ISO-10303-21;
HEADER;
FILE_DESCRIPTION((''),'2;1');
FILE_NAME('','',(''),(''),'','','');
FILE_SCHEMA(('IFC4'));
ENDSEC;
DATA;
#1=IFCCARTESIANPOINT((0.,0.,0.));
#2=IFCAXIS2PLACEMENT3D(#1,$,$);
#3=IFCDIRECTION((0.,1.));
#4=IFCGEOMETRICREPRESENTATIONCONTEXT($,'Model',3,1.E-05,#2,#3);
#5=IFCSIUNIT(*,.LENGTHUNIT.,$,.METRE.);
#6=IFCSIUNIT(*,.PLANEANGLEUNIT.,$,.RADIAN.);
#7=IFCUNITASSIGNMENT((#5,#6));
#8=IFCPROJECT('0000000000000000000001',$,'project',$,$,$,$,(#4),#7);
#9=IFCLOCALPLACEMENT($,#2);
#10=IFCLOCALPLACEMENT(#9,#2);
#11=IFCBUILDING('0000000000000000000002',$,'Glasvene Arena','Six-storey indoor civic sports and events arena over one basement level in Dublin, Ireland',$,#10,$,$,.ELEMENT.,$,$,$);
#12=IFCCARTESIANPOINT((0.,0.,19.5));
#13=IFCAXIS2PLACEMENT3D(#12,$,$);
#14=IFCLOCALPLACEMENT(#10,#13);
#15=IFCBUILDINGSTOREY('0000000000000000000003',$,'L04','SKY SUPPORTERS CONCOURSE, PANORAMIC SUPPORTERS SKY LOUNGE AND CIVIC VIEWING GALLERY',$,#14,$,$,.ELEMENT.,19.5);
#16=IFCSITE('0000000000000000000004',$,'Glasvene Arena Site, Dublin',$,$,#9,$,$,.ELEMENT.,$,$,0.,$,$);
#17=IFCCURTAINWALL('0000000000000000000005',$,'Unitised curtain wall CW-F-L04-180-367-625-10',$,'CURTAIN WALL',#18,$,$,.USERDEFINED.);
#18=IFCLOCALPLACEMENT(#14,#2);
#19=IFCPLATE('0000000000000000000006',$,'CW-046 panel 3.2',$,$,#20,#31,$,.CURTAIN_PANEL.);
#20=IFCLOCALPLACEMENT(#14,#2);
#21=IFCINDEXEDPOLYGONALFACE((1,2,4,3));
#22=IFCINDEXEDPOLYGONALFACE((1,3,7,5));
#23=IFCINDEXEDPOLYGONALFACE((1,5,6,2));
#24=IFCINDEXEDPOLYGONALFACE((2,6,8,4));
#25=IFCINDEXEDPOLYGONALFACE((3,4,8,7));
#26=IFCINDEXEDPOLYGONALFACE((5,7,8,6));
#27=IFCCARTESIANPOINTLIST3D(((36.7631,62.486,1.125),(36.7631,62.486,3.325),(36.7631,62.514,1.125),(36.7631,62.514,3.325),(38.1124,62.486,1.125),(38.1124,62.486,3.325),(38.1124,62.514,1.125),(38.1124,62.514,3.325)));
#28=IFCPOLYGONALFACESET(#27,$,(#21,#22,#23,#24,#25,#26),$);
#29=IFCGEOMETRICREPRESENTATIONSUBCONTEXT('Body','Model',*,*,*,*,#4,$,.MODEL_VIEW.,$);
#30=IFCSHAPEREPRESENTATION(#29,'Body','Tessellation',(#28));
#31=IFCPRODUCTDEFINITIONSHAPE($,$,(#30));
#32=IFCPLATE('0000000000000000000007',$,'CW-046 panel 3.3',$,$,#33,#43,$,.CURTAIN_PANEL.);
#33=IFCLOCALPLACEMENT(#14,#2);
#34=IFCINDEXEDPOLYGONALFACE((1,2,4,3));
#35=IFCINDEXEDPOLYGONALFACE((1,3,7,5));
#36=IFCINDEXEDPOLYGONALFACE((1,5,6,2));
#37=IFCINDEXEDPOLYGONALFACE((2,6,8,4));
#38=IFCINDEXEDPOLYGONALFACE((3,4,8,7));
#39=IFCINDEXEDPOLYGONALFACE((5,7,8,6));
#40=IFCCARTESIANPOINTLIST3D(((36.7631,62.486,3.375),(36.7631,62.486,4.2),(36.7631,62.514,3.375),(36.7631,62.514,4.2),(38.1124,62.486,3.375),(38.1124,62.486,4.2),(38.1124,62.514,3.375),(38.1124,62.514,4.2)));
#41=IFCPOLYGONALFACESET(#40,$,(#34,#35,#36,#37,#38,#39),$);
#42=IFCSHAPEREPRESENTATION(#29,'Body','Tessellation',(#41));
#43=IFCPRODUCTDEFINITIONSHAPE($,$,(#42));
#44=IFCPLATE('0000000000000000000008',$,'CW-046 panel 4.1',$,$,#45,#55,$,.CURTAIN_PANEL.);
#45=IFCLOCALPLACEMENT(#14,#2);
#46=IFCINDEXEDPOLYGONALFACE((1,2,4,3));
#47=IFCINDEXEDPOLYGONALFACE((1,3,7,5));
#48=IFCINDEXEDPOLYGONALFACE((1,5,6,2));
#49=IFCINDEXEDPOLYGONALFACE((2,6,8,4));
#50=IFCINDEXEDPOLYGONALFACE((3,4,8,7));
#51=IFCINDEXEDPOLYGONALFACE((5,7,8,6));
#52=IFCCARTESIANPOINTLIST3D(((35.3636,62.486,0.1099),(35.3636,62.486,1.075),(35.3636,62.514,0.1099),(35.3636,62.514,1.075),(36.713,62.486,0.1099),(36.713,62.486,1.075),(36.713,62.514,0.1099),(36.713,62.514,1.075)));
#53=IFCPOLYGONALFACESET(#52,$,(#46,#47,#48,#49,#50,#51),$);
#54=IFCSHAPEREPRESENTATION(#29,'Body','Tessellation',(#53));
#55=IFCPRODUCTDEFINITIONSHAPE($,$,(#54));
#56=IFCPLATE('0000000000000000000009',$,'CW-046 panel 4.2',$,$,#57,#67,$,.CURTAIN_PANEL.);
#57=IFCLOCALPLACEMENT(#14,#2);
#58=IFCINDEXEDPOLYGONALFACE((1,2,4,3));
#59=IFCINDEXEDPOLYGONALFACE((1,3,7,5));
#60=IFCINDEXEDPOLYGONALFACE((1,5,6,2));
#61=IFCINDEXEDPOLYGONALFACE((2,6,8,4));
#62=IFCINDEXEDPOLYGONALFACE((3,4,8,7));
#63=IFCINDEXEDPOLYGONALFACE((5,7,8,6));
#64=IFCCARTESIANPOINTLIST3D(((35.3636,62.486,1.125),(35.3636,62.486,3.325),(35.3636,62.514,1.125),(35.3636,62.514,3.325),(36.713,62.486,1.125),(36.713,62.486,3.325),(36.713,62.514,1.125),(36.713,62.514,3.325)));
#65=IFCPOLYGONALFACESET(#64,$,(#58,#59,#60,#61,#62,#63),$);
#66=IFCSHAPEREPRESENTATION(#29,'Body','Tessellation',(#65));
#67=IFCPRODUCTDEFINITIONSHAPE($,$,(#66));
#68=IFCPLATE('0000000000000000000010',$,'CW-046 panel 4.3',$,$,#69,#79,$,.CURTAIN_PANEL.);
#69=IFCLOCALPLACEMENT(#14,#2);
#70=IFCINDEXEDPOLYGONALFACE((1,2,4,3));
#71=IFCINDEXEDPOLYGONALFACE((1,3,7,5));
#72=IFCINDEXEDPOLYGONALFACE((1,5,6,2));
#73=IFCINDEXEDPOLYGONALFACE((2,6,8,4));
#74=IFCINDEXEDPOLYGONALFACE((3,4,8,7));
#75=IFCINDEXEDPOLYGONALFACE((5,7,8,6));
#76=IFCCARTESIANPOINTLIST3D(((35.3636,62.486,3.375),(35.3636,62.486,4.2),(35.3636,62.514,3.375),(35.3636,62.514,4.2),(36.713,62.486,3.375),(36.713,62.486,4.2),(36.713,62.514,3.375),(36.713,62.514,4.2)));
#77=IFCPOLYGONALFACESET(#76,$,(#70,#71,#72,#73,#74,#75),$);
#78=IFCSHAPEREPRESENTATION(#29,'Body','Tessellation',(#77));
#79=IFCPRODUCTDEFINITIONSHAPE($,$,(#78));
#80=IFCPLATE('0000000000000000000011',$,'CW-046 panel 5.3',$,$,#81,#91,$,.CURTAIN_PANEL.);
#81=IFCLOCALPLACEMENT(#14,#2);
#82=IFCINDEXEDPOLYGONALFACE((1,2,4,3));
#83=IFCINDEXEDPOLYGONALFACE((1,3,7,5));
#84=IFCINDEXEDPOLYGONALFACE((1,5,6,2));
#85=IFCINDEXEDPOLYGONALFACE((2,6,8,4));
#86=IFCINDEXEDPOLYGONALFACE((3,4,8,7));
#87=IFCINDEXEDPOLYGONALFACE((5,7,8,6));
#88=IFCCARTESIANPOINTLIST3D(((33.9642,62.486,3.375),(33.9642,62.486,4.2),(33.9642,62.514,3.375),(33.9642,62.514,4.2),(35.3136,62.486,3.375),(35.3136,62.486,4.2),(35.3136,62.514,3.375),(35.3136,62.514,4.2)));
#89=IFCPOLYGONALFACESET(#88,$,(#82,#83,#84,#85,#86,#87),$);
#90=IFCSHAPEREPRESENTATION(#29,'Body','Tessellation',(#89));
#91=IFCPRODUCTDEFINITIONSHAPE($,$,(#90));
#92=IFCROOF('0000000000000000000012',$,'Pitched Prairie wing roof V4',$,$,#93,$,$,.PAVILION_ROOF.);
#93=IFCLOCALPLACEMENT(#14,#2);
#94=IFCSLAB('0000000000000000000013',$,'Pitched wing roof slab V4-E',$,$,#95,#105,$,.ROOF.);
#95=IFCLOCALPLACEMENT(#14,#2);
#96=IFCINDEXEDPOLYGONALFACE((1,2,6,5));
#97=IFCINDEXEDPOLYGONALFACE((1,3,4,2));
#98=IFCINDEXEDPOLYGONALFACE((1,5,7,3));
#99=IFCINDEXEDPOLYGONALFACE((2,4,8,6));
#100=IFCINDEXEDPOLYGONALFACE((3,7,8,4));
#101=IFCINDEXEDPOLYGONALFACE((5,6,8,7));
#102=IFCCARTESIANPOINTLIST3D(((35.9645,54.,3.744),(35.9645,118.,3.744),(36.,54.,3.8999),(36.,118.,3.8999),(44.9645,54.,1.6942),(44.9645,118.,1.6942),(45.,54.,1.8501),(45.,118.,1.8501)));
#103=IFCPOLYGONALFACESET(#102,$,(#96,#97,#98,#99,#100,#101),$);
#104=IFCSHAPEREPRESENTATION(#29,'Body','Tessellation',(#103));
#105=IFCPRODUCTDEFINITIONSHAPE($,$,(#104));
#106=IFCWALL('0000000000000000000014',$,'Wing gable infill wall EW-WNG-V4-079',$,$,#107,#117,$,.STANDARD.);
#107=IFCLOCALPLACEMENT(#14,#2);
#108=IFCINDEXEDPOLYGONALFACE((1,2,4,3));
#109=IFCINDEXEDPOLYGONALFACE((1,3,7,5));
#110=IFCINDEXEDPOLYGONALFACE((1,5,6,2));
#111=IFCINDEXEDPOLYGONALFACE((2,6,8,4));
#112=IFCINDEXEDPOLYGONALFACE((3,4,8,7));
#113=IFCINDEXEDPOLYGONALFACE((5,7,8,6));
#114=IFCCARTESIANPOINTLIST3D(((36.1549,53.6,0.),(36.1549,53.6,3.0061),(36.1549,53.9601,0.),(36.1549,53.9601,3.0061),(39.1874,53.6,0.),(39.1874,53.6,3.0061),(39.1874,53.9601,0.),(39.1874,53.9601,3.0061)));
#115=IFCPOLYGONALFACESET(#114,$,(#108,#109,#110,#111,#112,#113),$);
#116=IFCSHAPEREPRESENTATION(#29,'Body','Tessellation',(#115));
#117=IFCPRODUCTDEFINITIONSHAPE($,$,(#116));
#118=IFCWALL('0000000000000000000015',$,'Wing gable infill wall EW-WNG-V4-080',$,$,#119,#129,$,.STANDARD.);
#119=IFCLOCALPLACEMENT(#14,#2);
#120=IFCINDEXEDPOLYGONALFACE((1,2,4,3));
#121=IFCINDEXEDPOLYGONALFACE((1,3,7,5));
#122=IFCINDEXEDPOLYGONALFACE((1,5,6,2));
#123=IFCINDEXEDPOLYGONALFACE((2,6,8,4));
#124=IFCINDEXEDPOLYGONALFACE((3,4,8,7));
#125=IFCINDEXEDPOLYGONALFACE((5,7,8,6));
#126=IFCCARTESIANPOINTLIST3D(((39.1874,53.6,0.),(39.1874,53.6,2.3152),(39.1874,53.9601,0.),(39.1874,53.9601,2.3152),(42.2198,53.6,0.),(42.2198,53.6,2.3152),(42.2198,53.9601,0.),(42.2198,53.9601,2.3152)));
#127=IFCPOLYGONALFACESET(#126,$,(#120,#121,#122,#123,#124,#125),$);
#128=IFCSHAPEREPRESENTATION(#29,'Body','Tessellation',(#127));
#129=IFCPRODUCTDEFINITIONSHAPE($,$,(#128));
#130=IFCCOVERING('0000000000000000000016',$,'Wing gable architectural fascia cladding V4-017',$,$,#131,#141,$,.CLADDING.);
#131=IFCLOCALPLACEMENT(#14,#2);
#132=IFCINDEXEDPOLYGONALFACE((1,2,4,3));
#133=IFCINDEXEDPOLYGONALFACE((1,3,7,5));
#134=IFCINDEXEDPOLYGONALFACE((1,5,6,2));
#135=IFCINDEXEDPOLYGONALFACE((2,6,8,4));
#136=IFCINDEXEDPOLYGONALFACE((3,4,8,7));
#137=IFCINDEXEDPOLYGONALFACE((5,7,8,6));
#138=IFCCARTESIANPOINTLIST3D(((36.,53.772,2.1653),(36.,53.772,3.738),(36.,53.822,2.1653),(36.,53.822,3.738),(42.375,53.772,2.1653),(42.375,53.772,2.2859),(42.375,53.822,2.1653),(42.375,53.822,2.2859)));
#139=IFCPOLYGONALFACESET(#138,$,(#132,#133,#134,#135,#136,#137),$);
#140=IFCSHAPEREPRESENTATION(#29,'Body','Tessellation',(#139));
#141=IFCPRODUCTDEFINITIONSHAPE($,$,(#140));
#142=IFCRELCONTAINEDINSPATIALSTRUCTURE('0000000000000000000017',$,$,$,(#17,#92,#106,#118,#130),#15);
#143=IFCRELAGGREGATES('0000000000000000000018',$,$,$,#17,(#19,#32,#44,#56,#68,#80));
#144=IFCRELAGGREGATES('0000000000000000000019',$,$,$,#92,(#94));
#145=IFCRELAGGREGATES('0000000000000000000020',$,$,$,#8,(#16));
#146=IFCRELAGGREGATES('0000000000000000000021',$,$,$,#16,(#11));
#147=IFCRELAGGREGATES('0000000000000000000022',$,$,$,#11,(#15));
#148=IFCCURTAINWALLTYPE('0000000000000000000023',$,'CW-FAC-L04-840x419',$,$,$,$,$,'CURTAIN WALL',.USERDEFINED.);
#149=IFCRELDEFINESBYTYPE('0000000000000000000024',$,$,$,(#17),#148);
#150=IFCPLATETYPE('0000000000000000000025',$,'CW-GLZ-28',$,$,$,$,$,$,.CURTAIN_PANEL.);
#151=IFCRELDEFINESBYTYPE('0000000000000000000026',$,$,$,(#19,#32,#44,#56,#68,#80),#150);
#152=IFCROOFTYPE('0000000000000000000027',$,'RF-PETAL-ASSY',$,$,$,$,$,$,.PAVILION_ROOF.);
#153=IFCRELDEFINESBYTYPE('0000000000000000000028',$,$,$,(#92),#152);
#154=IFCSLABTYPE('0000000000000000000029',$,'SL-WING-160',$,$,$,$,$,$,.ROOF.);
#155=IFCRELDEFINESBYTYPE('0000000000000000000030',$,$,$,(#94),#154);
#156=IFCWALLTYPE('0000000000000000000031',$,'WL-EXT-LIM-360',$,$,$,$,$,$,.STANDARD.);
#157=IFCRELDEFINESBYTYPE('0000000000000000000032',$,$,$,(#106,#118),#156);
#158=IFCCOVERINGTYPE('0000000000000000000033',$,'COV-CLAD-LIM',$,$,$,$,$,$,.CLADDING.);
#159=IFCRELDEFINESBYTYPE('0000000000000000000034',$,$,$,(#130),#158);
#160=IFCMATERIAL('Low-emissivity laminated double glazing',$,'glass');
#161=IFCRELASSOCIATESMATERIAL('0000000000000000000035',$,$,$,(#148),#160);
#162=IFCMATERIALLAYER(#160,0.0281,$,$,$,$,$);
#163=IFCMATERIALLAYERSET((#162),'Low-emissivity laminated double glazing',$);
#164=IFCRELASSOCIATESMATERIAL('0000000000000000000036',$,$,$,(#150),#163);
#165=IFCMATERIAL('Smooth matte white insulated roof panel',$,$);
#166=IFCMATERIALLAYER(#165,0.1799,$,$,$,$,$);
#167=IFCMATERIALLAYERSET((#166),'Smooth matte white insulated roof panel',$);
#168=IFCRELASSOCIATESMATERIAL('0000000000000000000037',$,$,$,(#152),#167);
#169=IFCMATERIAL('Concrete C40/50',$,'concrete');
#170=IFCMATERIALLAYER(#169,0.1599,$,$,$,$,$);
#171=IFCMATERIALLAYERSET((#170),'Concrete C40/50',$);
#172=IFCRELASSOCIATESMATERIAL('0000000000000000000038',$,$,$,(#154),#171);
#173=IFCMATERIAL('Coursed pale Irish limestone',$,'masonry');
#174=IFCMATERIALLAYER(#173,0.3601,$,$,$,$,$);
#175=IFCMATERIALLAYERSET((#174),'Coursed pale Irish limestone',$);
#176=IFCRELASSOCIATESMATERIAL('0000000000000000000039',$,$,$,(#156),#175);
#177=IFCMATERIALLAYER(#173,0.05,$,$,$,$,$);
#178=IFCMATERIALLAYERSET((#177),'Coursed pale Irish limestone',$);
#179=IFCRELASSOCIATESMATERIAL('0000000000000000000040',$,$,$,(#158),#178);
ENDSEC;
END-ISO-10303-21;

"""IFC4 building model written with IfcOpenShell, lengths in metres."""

from ifc_helpers import new_model, si_unit, direction, frame, frame_2d, origin, origin_2d, place, context, subcontext, project, spatial, polyline, rectangle, outline, extrude, material, layer, layer_set, type_object, element, aggregate, save


model = new_model("IFC4")

# Units and contexts
model_context = context("Model", 3, precision=1e-05, world=origin(), true_north=direction((0.0, 1.0)))
body_context = subcontext(model_context, "Body", "Model", "MODEL_VIEW")
ifc_project = project(units=[si_unit("LENGTHUNIT", "METRE"), si_unit("PLANEANGLEUNIT", "RADIAN")], contexts=[model_context])

# Site, building, storey
site_placement = place(None, origin())
site = spatial("IfcSite", under=ifc_project, at=site_placement, Name="Glasvene Arena Site, Dublin", CompositionType="ELEMENT", RefElevation=0.0)
building_placement = place(site_placement, origin())
building = spatial("IfcBuilding", under=site, at=building_placement, Name="Glasvene Arena", Description="Six-storey indoor civic sports and events arena over one basement level in Dublin, Ireland", CompositionType="ELEMENT")
storey_placement = place(building_placement, frame((0.0, 0.0, 19.5)))
storey = spatial("IfcBuildingStorey", under=building, at=storey_placement, Name="L04", Description="SKY SUPPORTERS CONCOURSE, PANORAMIC SUPPORTERS SKY LOUNGE AND CIVIC VIEWING GALLERY", CompositionType="ELEMENT", Elevation=19.5)

# Curtain wall, plates
ifc_material_1 = material(Name="Low-emissivity laminated double glazing", Category="glass")
curtain_wall_type = type_object("IfcCurtainWallType", Name="CW-FAC-L04-840x419", ElementType="CURTAIN WALL", PredefinedType="USERDEFINED", material=ifc_material_1)
curtain_wall_placement = place(storey_placement, frame((40.936, 62.5, 0.0)))
curtain_wall = element("IfcCurtainWall", 1, at=curtain_wall_placement, inside=storey, type_object=curtain_wall_type, Name="Unitised curtain wall CW-F-L04-180-367-625-10", ObjectType="CURTAIN WALL", PredefinedType="USERDEFINED")
ifc_layer_1 = layer(ifc_material_1, 0.0281)
ifc_layer_set_1 = layer_set([ifc_layer_1], Name="Low-emissivity laminated double glazing")
plate_type = type_object("IfcPlateType", Name="CW-GLZ-28", PredefinedType="CURTAIN_PANEL", material=ifc_layer_set_1)
plate_1_placement = place(storey_placement, frame((37.4377, 62.5, 1.125), z_axis=(0.0, 0.0, 1.0), x_axis=(-1.0, 0.0, 0.0)))
plate_1 = element("IfcPlate", 2, at=plate_1_placement, type_object=plate_type, Name="CW-046 panel 3.2", PredefinedType="CURTAIN_PANEL", context=body_context, shape_type="SweptSolid", body=[
    extrude(rectangle(XDim=1.3494, YDim=0.0281, at=origin_2d()), origin(), (0.0, 0.0, 1.0), 2.2),
])
plate_2_placement = place(storey_placement, frame((37.4377, 62.5, 3.375), z_axis=(0.0, 0.0, 1.0), x_axis=(-1.0, 0.0, 0.0)))
plate_2 = element("IfcPlate", 3, at=plate_2_placement, type_object=plate_type, Name="CW-046 panel 3.3", PredefinedType="CURTAIN_PANEL", context=body_context, shape_type="SweptSolid", body=[
    extrude(rectangle(XDim=1.3494, YDim=0.0281, at=origin_2d()), origin(), (0.0, 0.0, 1.0), 0.825),
])
plate_3_placement = place(storey_placement, frame((36.0383, 62.5, 0.1099), z_axis=(0.0, 0.0, 1.0), x_axis=(-1.0, 0.0, 0.0)))
plate_3 = element("IfcPlate", 4, at=plate_3_placement, type_object=plate_type, Name="CW-046 panel 4.1", PredefinedType="CURTAIN_PANEL", context=body_context, shape_type="SweptSolid", body=[
    extrude(rectangle(XDim=1.3494, YDim=0.0281, at=origin_2d()), origin(), (0.0, 0.0, 1.0), 0.9651),
])
plate_4_placement = place(storey_placement, frame((36.0383, 62.5, 1.125), z_axis=(0.0, 0.0, 1.0), x_axis=(-1.0, 0.0, 0.0)))
plate_4 = element("IfcPlate", 5, at=plate_4_placement, type_object=plate_type, Name="CW-046 panel 4.2", PredefinedType="CURTAIN_PANEL", context=body_context, shape_type="SweptSolid", body=[
    extrude(rectangle(XDim=1.3494, YDim=0.0281, at=origin_2d()), origin(), (0.0, 0.0, 1.0), 2.2),
])
plate_5_placement = place(storey_placement, frame((36.0383, 62.5, 3.375), z_axis=(0.0, 0.0, 1.0), x_axis=(-1.0, 0.0, 0.0)))
plate_5 = element("IfcPlate", 6, at=plate_5_placement, type_object=plate_type, Name="CW-046 panel 4.3", PredefinedType="CURTAIN_PANEL", context=body_context, shape_type="SweptSolid", body=[
    extrude(rectangle(XDim=1.3494, YDim=0.0281, at=origin_2d()), origin(), (0.0, 0.0, 1.0), 0.825),
])
plate_6_placement = place(storey_placement, frame((34.6389, 62.5, 3.375), z_axis=(0.0, 0.0, 1.0), x_axis=(-1.0, 0.0, 0.0)))
plate_6 = element("IfcPlate", 7, at=plate_6_placement, type_object=plate_type, Name="CW-046 panel 5.3", PredefinedType="CURTAIN_PANEL", context=body_context, shape_type="SweptSolid", body=[
    extrude(rectangle(XDim=1.3494, YDim=0.0281, at=origin_2d()), origin(), (0.0, 0.0, 1.0), 0.825),
])
aggregate(curtain_wall, [plate_1, plate_2, plate_3, plate_4, plate_5, plate_6])

# Roof, slab
ifc_material_2 = material(Name="Smooth matte white insulated roof panel")
ifc_layer_2 = layer(ifc_material_2, 0.1799)
ifc_layer_set_2 = layer_set([ifc_layer_2], Name="Smooth matte white insulated roof panel")
roof_type = type_object("IfcRoofType", Name="RF-PETAL-ASSY", PredefinedType="PAVILION_ROOF", material=ifc_layer_set_2)
roof_placement = place(storey_placement, frame((22.5, 86.0, 1.8501)))
roof = element("IfcRoof", 8, at=roof_placement, inside=storey, type_object=roof_type, Name="Pitched Prairie wing roof V4", PredefinedType="PAVILION_ROOF")
ifc_material_3 = material(Name="Concrete C40/50", Category="concrete")
ifc_layer_3 = layer(ifc_material_3, 0.1599)
ifc_layer_set_3 = layer_set([ifc_layer_3], Name="Concrete C40/50")
slab_type = type_object("IfcSlabType", Name="SL-WING-160", PredefinedType="ROOF", material=ifc_layer_set_3)
slab_placement = place(storey_placement, frame((36.0, 54.0, 3.8999), z_axis=(0.222069, 0.0, 0.975031), x_axis=(0.975031, 0.0, -0.222069)))
slab = element("IfcSlab", 9, at=slab_placement, type_object=slab_type, Name="Pitched wing roof slab V4-E", PredefinedType="ROOF", context=body_context, shape_type="SweptSolid", body=[
    extrude(outline(polyline([(0.0, 0.0), (9.2305, 0.0), (9.2305, 64.0), (0.0, 64.0), (0.0, 0.0)])), origin(), (0.0, 0.0, -1.0), 0.1599),
])
aggregate(roof, [slab])

# Walls
ifc_material_4 = material(Name="Coursed pale Irish limestone", Category="masonry")
ifc_layer_4 = layer(ifc_material_4, 0.3601)
ifc_layer_set_4 = layer_set([ifc_layer_4], Name="Coursed pale Irish limestone")
wall_type = type_object("IfcWallType", Name="WL-EXT-LIM-360", PredefinedType="STANDARD", material=ifc_layer_set_4)
wall_1_placement = place(storey_placement, frame((36.155, 53.78, 0.0), z_axis=(0.0, 0.0, 1.0), x_axis=(1.0, 0.0, 0.0)))
element("IfcWall", 10, at=wall_1_placement, inside=storey, type_object=wall_type, Name="Wing gable infill wall EW-WNG-V4-079", PredefinedType="STANDARD", context=body_context, shape_type="SweptSolid", body=[
    extrude(rectangle(XDim=3.0325, YDim=0.3601, at=frame_2d((1.5161, 0.0))), origin(), (0.0, 0.0, 1.0), 3.0061),
])
wall_2_placement = place(storey_placement, frame((39.1875, 53.78, 0.0), z_axis=(0.0, 0.0, 1.0), x_axis=(1.0, 0.0, 0.0)))
element("IfcWall", 11, at=wall_2_placement, inside=storey, type_object=wall_type, Name="Wing gable infill wall EW-WNG-V4-080", PredefinedType="STANDARD", context=body_context, shape_type="SweptSolid", body=[
    extrude(rectangle(XDim=3.0325, YDim=0.3601, at=frame_2d((1.5161, 0.0))), origin(), (0.0, 0.0, 1.0), 2.3152),
])

# Covering
ifc_layer_5 = layer(ifc_material_4, 0.05)
ifc_layer_set_5 = layer_set([ifc_layer_5], Name="Coursed pale Irish limestone")
covering_type_1 = type_object("IfcCoveringType", Name="COV-CLAD-LIM", PredefinedType="CLADDING", material=ifc_layer_set_5)
covering_1_placement = place(storey_placement, frame((36.0, 53.772, 2.1653), z_axis=(0.0, -1.0, 0.0), x_axis=(1.0, 0.0, 0.0)))
element("IfcCovering", 12, at=covering_1_placement, inside=storey, type_object=covering_type_1, Name="Wing gable architectural fascia cladding V4-017", PredefinedType="CLADDING", context=body_context, shape_type="SweptSolid", body=[
    extrude(outline(polyline([(0.0, 0.0), (6.375, 0.0), (6.375, 0.1206), (0.0, 1.5728), (0.0, 0.0)])), origin(), (0.0, 0.0, -1.0), 0.05),
])

save(model, "model.ifc")
